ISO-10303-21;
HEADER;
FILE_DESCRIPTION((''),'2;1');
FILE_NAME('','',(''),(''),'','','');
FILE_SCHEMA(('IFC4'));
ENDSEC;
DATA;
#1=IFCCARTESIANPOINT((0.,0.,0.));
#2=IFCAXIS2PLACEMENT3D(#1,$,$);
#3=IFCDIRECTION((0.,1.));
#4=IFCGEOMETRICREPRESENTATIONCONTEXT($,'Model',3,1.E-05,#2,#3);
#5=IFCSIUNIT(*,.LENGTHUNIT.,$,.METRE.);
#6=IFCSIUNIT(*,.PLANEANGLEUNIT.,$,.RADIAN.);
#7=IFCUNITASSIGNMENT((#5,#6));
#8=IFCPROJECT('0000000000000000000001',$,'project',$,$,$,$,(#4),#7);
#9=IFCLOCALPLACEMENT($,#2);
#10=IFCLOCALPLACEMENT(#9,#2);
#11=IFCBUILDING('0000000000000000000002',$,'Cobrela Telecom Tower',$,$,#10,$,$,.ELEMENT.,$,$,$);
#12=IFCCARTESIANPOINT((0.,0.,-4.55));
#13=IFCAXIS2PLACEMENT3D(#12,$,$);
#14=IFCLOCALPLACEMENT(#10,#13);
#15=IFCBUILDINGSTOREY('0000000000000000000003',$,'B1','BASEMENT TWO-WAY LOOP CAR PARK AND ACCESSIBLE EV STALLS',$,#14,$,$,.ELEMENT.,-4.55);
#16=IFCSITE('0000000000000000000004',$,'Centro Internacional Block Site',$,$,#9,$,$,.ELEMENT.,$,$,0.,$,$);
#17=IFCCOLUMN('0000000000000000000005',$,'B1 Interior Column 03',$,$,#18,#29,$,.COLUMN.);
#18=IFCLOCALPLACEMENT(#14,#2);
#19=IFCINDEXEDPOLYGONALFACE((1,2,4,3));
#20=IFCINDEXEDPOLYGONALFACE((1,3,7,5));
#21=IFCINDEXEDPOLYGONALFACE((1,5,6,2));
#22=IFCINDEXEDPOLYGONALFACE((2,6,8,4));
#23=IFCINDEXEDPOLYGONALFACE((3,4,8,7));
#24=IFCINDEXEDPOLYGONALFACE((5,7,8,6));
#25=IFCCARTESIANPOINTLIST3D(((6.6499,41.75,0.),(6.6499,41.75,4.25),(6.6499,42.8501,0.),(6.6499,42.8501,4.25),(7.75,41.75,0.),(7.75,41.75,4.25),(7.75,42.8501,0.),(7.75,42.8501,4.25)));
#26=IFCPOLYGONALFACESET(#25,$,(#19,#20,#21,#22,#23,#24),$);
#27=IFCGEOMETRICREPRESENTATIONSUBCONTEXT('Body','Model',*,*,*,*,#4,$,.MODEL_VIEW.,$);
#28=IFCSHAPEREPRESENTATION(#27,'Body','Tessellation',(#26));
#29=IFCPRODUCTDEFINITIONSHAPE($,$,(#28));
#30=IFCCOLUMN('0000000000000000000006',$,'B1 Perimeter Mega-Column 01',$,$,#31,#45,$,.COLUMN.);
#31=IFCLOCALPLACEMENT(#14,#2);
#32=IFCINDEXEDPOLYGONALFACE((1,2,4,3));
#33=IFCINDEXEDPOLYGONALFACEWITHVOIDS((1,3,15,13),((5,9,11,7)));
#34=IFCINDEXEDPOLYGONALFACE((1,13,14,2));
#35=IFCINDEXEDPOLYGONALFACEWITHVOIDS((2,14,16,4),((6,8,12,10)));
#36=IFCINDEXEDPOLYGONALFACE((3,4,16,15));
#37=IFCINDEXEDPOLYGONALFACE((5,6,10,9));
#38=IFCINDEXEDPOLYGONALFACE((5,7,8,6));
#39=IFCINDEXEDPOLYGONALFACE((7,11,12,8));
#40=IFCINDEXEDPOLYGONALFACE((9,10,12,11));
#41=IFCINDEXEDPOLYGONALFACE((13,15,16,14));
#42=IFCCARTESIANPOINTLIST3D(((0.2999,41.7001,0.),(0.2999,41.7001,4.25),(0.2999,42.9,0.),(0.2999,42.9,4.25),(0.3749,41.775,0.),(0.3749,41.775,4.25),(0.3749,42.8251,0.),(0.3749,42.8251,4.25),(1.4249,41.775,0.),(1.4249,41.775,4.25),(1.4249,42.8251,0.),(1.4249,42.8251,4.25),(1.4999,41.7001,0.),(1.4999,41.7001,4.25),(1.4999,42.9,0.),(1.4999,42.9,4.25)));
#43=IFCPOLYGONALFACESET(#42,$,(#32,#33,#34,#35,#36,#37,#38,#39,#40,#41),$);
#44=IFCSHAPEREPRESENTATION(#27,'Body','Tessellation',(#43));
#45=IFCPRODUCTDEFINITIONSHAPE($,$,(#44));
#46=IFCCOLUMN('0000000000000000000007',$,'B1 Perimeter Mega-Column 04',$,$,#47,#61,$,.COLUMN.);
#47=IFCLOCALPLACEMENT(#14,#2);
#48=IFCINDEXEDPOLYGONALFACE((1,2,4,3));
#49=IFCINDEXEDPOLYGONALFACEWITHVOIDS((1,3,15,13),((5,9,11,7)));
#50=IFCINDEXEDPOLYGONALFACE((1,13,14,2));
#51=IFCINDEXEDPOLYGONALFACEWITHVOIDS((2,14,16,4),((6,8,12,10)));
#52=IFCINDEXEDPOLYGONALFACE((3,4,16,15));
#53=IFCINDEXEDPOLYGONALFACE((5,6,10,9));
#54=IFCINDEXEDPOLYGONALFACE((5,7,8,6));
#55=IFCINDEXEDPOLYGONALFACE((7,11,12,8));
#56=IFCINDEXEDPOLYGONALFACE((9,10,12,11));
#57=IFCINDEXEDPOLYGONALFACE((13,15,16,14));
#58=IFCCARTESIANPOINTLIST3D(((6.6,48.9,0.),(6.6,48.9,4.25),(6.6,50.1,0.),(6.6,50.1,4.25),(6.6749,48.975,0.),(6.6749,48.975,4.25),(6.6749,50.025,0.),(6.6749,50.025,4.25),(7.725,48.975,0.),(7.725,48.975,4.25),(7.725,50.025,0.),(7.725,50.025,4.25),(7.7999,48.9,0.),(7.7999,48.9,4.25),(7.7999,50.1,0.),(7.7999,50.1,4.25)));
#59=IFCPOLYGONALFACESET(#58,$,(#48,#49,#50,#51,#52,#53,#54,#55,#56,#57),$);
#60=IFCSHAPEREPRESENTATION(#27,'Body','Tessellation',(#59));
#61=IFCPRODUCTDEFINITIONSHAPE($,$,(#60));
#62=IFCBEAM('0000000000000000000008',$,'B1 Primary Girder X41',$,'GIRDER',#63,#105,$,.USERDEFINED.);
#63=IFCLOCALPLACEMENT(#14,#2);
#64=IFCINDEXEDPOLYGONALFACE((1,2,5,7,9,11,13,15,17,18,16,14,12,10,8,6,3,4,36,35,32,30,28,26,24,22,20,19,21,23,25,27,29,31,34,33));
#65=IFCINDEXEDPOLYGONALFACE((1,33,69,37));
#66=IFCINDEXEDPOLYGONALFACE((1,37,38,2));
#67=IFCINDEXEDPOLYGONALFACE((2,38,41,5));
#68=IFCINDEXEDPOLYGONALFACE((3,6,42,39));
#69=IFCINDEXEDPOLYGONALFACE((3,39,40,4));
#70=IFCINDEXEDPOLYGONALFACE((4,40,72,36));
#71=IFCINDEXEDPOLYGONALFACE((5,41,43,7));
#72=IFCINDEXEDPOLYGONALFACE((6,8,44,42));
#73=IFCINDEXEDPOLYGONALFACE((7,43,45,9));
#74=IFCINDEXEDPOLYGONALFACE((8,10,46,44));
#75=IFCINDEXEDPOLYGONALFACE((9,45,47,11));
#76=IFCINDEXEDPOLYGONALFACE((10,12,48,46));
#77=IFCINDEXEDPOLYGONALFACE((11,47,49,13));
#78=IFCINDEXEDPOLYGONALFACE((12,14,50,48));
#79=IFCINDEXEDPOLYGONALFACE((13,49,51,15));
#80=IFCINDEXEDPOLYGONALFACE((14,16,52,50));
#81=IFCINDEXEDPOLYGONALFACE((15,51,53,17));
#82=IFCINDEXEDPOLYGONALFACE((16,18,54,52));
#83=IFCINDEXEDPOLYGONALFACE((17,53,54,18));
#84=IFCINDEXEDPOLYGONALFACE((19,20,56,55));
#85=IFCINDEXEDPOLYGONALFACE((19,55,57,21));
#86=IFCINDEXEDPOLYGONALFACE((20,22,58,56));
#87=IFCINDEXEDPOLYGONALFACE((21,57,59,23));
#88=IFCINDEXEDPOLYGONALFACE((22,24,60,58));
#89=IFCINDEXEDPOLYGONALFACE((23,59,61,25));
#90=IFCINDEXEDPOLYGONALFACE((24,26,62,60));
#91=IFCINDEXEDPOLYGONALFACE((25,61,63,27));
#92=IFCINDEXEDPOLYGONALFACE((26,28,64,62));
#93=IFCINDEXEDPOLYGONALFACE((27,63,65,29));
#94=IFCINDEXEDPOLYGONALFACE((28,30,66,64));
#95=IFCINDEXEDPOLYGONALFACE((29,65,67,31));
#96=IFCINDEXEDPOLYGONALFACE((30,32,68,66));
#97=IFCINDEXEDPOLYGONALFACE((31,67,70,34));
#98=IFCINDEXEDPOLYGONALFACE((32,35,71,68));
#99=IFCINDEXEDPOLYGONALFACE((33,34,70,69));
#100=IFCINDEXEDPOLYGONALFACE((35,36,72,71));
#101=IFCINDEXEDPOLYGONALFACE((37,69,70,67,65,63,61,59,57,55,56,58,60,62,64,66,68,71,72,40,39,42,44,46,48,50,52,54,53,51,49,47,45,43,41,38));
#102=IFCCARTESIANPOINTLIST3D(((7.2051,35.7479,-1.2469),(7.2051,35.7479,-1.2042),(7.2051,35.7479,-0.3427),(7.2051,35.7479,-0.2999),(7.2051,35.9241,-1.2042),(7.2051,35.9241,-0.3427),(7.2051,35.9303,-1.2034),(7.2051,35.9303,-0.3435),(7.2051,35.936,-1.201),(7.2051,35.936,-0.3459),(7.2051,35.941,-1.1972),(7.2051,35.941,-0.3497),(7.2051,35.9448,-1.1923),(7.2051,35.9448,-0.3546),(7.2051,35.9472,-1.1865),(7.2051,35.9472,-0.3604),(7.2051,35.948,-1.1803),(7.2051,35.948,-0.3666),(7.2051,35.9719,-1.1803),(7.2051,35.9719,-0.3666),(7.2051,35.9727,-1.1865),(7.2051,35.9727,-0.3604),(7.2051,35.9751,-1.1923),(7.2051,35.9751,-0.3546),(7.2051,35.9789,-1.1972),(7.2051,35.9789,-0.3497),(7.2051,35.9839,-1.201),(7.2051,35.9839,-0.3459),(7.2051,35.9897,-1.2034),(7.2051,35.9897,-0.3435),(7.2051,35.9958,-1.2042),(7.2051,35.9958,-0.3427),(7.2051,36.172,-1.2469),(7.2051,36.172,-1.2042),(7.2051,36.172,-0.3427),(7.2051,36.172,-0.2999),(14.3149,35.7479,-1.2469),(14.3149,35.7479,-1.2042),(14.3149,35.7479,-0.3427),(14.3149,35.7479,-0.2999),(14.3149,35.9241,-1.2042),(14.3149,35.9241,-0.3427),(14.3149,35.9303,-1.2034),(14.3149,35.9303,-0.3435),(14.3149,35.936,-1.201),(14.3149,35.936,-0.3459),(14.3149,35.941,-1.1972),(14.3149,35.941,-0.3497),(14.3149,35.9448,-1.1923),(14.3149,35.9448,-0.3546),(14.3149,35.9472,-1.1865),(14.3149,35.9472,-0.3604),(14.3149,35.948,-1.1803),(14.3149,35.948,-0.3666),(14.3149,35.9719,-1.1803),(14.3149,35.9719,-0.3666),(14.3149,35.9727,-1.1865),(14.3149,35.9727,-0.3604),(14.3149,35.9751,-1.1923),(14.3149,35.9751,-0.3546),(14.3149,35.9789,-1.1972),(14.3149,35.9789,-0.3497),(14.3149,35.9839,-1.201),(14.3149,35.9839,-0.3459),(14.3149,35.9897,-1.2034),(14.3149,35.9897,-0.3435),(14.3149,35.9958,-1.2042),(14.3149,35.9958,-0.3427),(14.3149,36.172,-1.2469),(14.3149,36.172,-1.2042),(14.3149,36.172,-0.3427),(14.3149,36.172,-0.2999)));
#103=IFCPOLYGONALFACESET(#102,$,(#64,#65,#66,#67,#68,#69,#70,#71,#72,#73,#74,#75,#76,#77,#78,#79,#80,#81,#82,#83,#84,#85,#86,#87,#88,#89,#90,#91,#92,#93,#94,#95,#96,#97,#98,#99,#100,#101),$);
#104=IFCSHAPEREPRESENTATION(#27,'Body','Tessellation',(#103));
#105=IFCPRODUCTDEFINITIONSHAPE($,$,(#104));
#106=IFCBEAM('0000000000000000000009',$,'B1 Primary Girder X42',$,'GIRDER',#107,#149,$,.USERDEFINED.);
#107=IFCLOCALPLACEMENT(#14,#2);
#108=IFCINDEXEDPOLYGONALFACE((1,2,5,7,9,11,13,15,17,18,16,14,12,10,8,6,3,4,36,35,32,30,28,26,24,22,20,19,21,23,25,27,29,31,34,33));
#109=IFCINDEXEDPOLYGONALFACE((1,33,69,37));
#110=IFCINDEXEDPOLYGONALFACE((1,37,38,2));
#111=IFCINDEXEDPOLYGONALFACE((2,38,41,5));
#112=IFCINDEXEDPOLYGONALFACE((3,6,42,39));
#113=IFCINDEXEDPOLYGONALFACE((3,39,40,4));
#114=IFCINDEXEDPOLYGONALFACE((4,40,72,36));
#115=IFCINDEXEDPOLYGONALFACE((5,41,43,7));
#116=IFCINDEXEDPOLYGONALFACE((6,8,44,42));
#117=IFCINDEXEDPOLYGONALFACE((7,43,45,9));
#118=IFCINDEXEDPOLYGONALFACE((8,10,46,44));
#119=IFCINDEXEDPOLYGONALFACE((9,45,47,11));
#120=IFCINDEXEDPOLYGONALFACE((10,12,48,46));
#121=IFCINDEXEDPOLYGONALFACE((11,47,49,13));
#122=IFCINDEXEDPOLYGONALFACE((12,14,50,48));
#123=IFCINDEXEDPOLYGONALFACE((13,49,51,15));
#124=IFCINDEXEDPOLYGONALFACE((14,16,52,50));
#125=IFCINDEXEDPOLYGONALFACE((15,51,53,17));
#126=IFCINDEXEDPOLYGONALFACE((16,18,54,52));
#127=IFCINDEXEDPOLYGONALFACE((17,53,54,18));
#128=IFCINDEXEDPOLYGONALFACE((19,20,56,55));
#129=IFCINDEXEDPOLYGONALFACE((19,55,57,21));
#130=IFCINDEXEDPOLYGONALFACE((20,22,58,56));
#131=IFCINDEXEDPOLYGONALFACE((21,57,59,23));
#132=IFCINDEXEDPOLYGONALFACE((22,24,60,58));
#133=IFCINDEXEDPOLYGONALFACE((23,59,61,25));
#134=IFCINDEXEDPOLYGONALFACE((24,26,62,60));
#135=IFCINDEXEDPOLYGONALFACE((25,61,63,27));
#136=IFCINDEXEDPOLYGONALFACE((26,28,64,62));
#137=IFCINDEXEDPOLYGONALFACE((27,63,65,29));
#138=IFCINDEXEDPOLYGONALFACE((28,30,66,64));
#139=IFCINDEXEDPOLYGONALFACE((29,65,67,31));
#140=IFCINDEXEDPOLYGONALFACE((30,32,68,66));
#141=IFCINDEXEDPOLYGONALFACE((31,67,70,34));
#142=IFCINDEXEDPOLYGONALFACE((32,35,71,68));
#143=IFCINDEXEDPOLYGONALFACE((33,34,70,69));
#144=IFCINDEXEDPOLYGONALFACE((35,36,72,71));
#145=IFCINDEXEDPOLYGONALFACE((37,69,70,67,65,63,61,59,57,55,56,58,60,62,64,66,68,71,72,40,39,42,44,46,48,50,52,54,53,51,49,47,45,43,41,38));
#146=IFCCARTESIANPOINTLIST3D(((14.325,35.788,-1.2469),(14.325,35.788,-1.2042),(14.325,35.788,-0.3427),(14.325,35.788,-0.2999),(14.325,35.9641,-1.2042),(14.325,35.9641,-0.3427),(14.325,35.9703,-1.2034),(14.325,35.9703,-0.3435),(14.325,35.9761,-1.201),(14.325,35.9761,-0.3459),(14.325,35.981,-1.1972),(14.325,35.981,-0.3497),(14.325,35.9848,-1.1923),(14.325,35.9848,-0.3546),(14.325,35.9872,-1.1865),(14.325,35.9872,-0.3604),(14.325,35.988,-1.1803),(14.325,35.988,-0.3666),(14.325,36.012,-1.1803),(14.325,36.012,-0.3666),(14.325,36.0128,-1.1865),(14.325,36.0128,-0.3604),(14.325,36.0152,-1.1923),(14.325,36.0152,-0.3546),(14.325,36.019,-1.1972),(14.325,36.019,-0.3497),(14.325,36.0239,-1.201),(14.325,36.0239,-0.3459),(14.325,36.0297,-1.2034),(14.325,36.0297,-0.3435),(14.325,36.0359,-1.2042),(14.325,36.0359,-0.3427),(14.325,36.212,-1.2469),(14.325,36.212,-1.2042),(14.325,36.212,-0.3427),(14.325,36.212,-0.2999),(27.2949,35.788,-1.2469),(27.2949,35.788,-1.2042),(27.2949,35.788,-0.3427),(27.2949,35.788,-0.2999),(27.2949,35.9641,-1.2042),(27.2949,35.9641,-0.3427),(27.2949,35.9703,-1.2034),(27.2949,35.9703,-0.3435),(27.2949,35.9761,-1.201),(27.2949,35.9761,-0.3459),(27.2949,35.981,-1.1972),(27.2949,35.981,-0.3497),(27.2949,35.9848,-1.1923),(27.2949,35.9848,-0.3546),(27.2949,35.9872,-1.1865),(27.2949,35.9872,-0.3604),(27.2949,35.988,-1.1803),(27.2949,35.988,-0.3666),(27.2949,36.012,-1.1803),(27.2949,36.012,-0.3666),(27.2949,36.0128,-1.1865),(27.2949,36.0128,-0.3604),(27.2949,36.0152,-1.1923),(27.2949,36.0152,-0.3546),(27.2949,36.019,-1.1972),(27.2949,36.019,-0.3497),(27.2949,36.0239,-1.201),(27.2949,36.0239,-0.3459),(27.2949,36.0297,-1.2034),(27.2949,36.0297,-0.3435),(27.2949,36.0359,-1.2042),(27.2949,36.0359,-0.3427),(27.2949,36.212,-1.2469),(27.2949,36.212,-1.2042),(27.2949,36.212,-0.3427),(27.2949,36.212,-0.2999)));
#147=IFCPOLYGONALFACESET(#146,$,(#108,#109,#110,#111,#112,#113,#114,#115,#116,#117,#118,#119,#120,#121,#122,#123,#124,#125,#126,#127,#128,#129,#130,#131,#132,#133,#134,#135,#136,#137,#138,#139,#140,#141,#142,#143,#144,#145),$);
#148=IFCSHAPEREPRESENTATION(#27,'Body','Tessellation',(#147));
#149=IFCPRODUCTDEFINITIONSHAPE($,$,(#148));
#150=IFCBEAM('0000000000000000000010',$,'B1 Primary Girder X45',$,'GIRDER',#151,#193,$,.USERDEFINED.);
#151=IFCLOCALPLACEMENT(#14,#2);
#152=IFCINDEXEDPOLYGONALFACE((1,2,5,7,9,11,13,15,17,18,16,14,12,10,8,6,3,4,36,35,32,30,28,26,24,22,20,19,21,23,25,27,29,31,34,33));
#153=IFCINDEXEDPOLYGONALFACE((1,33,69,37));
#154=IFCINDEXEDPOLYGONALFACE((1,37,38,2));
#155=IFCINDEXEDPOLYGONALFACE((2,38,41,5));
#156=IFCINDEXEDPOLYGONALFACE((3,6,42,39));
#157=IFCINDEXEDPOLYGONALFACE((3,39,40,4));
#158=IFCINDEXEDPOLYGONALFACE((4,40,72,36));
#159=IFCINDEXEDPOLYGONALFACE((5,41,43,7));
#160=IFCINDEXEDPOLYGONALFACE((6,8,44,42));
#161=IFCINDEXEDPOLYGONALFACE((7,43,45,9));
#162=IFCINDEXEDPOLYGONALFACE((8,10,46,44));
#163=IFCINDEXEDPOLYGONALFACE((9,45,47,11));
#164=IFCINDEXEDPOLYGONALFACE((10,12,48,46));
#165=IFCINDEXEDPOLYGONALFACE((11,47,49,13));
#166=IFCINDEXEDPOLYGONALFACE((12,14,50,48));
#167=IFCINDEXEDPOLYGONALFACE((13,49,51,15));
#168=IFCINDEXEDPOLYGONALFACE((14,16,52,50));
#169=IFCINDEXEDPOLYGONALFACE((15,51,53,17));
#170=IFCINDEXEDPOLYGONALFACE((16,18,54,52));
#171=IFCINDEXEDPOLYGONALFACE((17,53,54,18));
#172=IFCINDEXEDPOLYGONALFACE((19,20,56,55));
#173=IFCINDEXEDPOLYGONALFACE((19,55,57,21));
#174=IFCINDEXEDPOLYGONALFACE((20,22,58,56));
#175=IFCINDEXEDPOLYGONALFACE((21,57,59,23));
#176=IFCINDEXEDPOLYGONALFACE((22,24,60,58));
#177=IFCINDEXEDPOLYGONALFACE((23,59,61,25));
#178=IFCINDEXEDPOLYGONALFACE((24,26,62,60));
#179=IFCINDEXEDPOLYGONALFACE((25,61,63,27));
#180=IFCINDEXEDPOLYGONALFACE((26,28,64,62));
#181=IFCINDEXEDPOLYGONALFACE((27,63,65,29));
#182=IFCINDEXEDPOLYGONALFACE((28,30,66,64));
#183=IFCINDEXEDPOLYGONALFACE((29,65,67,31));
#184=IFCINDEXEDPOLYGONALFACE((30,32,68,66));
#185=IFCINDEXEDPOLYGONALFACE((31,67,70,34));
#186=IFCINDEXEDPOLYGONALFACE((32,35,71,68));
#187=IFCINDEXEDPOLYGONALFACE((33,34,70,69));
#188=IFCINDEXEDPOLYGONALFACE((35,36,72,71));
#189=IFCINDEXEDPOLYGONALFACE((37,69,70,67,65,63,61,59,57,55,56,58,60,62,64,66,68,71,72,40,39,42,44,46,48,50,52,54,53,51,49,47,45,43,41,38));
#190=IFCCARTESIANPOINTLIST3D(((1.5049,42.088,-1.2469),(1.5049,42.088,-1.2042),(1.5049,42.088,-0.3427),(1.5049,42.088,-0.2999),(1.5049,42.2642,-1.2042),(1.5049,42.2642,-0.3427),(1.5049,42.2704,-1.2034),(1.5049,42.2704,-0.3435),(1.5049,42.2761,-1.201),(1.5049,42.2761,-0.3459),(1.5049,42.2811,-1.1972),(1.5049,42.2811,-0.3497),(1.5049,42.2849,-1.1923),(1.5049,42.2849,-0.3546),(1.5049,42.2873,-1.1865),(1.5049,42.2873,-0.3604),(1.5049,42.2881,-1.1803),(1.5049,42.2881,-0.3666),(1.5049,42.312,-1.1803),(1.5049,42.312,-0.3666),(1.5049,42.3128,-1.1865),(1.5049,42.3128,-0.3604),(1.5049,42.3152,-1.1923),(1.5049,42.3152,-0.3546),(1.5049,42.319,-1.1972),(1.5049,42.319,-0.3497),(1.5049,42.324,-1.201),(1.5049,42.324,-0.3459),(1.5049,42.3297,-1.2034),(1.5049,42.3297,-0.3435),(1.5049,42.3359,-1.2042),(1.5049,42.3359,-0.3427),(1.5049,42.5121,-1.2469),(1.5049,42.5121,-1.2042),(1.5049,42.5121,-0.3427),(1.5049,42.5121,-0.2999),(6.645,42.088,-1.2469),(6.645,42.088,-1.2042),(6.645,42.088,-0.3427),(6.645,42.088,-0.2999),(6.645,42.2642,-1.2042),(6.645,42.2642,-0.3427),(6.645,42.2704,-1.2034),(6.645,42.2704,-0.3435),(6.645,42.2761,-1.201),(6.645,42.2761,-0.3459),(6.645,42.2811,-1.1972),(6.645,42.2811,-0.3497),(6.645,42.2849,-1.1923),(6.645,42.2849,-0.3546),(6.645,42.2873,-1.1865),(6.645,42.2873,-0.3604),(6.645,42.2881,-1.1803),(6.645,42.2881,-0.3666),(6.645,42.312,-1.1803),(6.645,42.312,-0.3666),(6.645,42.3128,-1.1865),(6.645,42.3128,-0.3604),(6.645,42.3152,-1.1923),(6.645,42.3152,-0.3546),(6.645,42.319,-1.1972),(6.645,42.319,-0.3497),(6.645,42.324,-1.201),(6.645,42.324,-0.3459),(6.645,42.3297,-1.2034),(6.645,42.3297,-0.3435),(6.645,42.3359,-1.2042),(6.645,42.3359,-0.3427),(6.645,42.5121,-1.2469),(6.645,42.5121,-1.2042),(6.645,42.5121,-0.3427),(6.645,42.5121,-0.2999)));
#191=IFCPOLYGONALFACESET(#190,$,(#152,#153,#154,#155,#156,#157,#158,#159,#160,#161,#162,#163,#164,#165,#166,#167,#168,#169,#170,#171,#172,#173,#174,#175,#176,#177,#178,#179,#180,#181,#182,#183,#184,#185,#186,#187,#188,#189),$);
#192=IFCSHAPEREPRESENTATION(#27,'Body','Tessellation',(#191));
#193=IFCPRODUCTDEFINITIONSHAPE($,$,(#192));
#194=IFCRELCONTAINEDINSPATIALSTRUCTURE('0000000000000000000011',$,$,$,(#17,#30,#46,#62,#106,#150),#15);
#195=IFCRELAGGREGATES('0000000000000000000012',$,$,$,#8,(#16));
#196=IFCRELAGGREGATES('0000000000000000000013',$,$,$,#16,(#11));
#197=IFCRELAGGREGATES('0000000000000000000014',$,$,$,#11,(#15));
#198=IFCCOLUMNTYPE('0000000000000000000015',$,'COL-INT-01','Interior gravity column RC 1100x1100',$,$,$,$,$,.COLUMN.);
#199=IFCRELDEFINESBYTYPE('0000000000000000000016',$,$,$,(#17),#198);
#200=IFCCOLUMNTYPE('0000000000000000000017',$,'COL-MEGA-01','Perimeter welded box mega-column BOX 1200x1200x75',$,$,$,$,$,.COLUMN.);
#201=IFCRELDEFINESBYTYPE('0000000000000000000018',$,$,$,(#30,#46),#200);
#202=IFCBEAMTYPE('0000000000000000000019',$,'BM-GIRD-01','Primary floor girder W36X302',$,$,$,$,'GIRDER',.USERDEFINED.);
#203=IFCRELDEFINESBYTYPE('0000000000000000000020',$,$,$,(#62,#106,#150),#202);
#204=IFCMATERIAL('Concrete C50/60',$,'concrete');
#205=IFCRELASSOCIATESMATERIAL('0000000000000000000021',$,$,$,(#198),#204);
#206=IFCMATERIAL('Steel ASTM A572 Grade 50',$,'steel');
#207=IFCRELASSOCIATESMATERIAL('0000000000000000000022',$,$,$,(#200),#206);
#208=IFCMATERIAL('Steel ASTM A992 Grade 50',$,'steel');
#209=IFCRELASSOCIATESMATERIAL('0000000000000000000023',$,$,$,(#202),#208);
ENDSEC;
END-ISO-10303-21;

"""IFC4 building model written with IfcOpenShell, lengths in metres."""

from ifc_helpers import new_model, si_unit, direction, frame, origin, origin_2d, place, context, subcontext, project, spatial, rectangle, hollow_rectangle, i_section, extrude, material, material_profile, profile_set, type_object, element, save


model = new_model("IFC4")

# Units and contexts
model_context = context("Model", 3, precision=1e-05, world=origin(), true_north=direction((0.0, 1.0)))
body_context = subcontext(model_context, "Body", "Model", "MODEL_VIEW")
ifc_project = project(units=[si_unit("LENGTHUNIT", "METRE"), si_unit("PLANEANGLEUNIT", "RADIAN")], contexts=[model_context])

# Site, building, storey
site_placement = place(None, origin())
site = spatial("IfcSite", under=ifc_project, at=site_placement, Name="Centro Internacional Block Site", CompositionType="ELEMENT", RefElevation=0.0)
building_placement = place(site_placement, origin())
building = spatial("IfcBuilding", under=site, at=building_placement, Name="Cobrela Telecom Tower", CompositionType="ELEMENT")
storey_placement = place(building_placement, frame((0.0, 0.0, -4.55)))
storey = spatial("IfcBuildingStorey", under=building, at=storey_placement, Name="B1", Description="BASEMENT TWO-WAY LOOP CAR PARK AND ACCESSIBLE EV STALLS", CompositionType="ELEMENT", Elevation=-4.55)

# Columns
ifc_material_1 = material(Name="Concrete C50/60", Category="concrete")
ifc_material_profile_1 = material_profile(ifc_material_1, rectangle(XDim=1.1001, YDim=1.1001, at=origin_2d()), Name="RC 1100x1100")
ifc_profile_set_1 = profile_set([ifc_material_profile_1], Name="Concrete C50/60")
column_type_1 = type_object("IfcColumnType", Name="COL-INT-01", Description="Interior gravity column RC 1100x1100", PredefinedType="COLUMN", material=ifc_profile_set_1)
column_placement = place(storey_placement, frame((7.2, 42.3, 0.0), z_axis=(0.0, 0.0, 1.0), x_axis=(1.0, 0.0, 0.0)))
element("IfcColumn", 1, at=column_placement, inside=storey, type_object=column_type_1, Name="B1 Interior Column 03", PredefinedType="COLUMN", context=body_context, shape_type="SweptSolid", body=[
    extrude(rectangle(XDim=1.1001, YDim=1.1001, at=origin_2d()), origin(), (0.0, 0.0, 1.0), 4.25),
])
ifc_material_2 = material(Name="Steel ASTM A572 Grade 50", Category="steel")
ifc_material_profile_2 = material_profile(ifc_material_2, hollow_rectangle(XDim=1.2, YDim=1.2, WallThickness=0.075, at=origin_2d()), Name="BOX 1200x1200x75")
ifc_profile_set_2 = profile_set([ifc_material_profile_2], Name="Steel ASTM A572 Grade 50")
column_type_2 = type_object("IfcColumnType", Name="COL-MEGA-01", Description="Perimeter welded box mega-column BOX 1200x1200x75", PredefinedType="COLUMN", material=ifc_profile_set_2)
for number, where, z_axis, x_axis, name in (
    (2, (0.8999, 42.3, 0.0), (0.0, 0.0, 1.0), (1.0, 0.0, 0.0), "B1 Perimeter Mega-Column 01"),
    (3, (7.2, 49.5, 0.0), (0.0, 0.0, 1.0), (1.0, 0.0, 0.0), "B1 Perimeter Mega-Column 04"),
):
    element("IfcColumn", number, at=place(storey_placement, frame(where, z_axis=z_axis, x_axis=x_axis)), inside=storey, type_object=column_type_2, Name=name, PredefinedType="COLUMN", context=body_context, shape_type="SweptSolid", body=[
        extrude(hollow_rectangle(XDim=1.2, YDim=1.2, WallThickness=0.075, at=origin_2d()), origin(), (0.0, 0.0, 1.0), 4.25),
    ])

# Beams
ifc_material_3 = material(Name="Steel ASTM A992 Grade 50", Category="steel")
ifc_material_profile_3 = material_profile(ifc_material_3, i_section(OverallWidth=0.4241, OverallDepth=0.947, WebThickness=0.0239, FlangeThickness=0.0427, FilletRadius=0.0239, at=origin_2d()), Name="W36X302")
ifc_profile_set_3 = profile_set([ifc_material_profile_3], Name="Steel ASTM A992 Grade 50")
beam_type_1 = type_object("IfcBeamType", Name="BM-GIRD-01", Description="Primary floor girder W36X302", ElementType="GIRDER", PredefinedType="USERDEFINED", material=ifc_profile_set_3)
beam_1_placement = place(storey_placement, frame((7.2051, 35.96, -0.7734), z_axis=(1.0, 0.0, 0.0), x_axis=(0.0, 1.0, 0.0)))
element("IfcBeam", 4, at=beam_1_placement, inside=storey, type_object=beam_type_1, Name="B1 Primary Girder X41", ObjectType="GIRDER", PredefinedType="USERDEFINED", context=body_context, shape_type="SweptSolid", body=[
    extrude(i_section(OverallWidth=0.4241, OverallDepth=0.947, WebThickness=0.0239, FlangeThickness=0.0427, FilletRadius=0.0239, at=origin_2d()), origin(), (0.0, 0.0, 1.0), 7.1099),
])
beam_2_placement = place(storey_placement, frame((14.325, 36.0, -0.7734), z_axis=(1.0, 0.0, 0.0), x_axis=(0.0, 1.0, 0.0)))
element("IfcBeam", 5, at=beam_2_placement, inside=storey, type_object=beam_type_1, Name="B1 Primary Girder X42", ObjectType="GIRDER", PredefinedType="USERDEFINED", context=body_context, shape_type="SweptSolid", body=[
    extrude(i_section(OverallWidth=0.4241, OverallDepth=0.947, WebThickness=0.0239, FlangeThickness=0.0427, FilletRadius=0.0239, at=origin_2d()), origin(), (0.0, 0.0, 1.0), 12.97),
])
beam_3_placement = place(storey_placement, frame((1.5049, 42.3, -0.7734), z_axis=(1.0, 0.0, 0.0), x_axis=(0.0, 1.0, 0.0)))
element("IfcBeam", 6, at=beam_3_placement, inside=storey, type_object=beam_type_1, Name="B1 Primary Girder X45", ObjectType="GIRDER", PredefinedType="USERDEFINED", context=body_context, shape_type="SweptSolid", body=[
    extrude(i_section(OverallWidth=0.4241, OverallDepth=0.947, WebThickness=0.0239, FlangeThickness=0.0427, FilletRadius=0.0239, at=origin_2d()), origin(), (0.0, 0.0, 1.0), 5.1401),
])

save(model, "model.ifc")
